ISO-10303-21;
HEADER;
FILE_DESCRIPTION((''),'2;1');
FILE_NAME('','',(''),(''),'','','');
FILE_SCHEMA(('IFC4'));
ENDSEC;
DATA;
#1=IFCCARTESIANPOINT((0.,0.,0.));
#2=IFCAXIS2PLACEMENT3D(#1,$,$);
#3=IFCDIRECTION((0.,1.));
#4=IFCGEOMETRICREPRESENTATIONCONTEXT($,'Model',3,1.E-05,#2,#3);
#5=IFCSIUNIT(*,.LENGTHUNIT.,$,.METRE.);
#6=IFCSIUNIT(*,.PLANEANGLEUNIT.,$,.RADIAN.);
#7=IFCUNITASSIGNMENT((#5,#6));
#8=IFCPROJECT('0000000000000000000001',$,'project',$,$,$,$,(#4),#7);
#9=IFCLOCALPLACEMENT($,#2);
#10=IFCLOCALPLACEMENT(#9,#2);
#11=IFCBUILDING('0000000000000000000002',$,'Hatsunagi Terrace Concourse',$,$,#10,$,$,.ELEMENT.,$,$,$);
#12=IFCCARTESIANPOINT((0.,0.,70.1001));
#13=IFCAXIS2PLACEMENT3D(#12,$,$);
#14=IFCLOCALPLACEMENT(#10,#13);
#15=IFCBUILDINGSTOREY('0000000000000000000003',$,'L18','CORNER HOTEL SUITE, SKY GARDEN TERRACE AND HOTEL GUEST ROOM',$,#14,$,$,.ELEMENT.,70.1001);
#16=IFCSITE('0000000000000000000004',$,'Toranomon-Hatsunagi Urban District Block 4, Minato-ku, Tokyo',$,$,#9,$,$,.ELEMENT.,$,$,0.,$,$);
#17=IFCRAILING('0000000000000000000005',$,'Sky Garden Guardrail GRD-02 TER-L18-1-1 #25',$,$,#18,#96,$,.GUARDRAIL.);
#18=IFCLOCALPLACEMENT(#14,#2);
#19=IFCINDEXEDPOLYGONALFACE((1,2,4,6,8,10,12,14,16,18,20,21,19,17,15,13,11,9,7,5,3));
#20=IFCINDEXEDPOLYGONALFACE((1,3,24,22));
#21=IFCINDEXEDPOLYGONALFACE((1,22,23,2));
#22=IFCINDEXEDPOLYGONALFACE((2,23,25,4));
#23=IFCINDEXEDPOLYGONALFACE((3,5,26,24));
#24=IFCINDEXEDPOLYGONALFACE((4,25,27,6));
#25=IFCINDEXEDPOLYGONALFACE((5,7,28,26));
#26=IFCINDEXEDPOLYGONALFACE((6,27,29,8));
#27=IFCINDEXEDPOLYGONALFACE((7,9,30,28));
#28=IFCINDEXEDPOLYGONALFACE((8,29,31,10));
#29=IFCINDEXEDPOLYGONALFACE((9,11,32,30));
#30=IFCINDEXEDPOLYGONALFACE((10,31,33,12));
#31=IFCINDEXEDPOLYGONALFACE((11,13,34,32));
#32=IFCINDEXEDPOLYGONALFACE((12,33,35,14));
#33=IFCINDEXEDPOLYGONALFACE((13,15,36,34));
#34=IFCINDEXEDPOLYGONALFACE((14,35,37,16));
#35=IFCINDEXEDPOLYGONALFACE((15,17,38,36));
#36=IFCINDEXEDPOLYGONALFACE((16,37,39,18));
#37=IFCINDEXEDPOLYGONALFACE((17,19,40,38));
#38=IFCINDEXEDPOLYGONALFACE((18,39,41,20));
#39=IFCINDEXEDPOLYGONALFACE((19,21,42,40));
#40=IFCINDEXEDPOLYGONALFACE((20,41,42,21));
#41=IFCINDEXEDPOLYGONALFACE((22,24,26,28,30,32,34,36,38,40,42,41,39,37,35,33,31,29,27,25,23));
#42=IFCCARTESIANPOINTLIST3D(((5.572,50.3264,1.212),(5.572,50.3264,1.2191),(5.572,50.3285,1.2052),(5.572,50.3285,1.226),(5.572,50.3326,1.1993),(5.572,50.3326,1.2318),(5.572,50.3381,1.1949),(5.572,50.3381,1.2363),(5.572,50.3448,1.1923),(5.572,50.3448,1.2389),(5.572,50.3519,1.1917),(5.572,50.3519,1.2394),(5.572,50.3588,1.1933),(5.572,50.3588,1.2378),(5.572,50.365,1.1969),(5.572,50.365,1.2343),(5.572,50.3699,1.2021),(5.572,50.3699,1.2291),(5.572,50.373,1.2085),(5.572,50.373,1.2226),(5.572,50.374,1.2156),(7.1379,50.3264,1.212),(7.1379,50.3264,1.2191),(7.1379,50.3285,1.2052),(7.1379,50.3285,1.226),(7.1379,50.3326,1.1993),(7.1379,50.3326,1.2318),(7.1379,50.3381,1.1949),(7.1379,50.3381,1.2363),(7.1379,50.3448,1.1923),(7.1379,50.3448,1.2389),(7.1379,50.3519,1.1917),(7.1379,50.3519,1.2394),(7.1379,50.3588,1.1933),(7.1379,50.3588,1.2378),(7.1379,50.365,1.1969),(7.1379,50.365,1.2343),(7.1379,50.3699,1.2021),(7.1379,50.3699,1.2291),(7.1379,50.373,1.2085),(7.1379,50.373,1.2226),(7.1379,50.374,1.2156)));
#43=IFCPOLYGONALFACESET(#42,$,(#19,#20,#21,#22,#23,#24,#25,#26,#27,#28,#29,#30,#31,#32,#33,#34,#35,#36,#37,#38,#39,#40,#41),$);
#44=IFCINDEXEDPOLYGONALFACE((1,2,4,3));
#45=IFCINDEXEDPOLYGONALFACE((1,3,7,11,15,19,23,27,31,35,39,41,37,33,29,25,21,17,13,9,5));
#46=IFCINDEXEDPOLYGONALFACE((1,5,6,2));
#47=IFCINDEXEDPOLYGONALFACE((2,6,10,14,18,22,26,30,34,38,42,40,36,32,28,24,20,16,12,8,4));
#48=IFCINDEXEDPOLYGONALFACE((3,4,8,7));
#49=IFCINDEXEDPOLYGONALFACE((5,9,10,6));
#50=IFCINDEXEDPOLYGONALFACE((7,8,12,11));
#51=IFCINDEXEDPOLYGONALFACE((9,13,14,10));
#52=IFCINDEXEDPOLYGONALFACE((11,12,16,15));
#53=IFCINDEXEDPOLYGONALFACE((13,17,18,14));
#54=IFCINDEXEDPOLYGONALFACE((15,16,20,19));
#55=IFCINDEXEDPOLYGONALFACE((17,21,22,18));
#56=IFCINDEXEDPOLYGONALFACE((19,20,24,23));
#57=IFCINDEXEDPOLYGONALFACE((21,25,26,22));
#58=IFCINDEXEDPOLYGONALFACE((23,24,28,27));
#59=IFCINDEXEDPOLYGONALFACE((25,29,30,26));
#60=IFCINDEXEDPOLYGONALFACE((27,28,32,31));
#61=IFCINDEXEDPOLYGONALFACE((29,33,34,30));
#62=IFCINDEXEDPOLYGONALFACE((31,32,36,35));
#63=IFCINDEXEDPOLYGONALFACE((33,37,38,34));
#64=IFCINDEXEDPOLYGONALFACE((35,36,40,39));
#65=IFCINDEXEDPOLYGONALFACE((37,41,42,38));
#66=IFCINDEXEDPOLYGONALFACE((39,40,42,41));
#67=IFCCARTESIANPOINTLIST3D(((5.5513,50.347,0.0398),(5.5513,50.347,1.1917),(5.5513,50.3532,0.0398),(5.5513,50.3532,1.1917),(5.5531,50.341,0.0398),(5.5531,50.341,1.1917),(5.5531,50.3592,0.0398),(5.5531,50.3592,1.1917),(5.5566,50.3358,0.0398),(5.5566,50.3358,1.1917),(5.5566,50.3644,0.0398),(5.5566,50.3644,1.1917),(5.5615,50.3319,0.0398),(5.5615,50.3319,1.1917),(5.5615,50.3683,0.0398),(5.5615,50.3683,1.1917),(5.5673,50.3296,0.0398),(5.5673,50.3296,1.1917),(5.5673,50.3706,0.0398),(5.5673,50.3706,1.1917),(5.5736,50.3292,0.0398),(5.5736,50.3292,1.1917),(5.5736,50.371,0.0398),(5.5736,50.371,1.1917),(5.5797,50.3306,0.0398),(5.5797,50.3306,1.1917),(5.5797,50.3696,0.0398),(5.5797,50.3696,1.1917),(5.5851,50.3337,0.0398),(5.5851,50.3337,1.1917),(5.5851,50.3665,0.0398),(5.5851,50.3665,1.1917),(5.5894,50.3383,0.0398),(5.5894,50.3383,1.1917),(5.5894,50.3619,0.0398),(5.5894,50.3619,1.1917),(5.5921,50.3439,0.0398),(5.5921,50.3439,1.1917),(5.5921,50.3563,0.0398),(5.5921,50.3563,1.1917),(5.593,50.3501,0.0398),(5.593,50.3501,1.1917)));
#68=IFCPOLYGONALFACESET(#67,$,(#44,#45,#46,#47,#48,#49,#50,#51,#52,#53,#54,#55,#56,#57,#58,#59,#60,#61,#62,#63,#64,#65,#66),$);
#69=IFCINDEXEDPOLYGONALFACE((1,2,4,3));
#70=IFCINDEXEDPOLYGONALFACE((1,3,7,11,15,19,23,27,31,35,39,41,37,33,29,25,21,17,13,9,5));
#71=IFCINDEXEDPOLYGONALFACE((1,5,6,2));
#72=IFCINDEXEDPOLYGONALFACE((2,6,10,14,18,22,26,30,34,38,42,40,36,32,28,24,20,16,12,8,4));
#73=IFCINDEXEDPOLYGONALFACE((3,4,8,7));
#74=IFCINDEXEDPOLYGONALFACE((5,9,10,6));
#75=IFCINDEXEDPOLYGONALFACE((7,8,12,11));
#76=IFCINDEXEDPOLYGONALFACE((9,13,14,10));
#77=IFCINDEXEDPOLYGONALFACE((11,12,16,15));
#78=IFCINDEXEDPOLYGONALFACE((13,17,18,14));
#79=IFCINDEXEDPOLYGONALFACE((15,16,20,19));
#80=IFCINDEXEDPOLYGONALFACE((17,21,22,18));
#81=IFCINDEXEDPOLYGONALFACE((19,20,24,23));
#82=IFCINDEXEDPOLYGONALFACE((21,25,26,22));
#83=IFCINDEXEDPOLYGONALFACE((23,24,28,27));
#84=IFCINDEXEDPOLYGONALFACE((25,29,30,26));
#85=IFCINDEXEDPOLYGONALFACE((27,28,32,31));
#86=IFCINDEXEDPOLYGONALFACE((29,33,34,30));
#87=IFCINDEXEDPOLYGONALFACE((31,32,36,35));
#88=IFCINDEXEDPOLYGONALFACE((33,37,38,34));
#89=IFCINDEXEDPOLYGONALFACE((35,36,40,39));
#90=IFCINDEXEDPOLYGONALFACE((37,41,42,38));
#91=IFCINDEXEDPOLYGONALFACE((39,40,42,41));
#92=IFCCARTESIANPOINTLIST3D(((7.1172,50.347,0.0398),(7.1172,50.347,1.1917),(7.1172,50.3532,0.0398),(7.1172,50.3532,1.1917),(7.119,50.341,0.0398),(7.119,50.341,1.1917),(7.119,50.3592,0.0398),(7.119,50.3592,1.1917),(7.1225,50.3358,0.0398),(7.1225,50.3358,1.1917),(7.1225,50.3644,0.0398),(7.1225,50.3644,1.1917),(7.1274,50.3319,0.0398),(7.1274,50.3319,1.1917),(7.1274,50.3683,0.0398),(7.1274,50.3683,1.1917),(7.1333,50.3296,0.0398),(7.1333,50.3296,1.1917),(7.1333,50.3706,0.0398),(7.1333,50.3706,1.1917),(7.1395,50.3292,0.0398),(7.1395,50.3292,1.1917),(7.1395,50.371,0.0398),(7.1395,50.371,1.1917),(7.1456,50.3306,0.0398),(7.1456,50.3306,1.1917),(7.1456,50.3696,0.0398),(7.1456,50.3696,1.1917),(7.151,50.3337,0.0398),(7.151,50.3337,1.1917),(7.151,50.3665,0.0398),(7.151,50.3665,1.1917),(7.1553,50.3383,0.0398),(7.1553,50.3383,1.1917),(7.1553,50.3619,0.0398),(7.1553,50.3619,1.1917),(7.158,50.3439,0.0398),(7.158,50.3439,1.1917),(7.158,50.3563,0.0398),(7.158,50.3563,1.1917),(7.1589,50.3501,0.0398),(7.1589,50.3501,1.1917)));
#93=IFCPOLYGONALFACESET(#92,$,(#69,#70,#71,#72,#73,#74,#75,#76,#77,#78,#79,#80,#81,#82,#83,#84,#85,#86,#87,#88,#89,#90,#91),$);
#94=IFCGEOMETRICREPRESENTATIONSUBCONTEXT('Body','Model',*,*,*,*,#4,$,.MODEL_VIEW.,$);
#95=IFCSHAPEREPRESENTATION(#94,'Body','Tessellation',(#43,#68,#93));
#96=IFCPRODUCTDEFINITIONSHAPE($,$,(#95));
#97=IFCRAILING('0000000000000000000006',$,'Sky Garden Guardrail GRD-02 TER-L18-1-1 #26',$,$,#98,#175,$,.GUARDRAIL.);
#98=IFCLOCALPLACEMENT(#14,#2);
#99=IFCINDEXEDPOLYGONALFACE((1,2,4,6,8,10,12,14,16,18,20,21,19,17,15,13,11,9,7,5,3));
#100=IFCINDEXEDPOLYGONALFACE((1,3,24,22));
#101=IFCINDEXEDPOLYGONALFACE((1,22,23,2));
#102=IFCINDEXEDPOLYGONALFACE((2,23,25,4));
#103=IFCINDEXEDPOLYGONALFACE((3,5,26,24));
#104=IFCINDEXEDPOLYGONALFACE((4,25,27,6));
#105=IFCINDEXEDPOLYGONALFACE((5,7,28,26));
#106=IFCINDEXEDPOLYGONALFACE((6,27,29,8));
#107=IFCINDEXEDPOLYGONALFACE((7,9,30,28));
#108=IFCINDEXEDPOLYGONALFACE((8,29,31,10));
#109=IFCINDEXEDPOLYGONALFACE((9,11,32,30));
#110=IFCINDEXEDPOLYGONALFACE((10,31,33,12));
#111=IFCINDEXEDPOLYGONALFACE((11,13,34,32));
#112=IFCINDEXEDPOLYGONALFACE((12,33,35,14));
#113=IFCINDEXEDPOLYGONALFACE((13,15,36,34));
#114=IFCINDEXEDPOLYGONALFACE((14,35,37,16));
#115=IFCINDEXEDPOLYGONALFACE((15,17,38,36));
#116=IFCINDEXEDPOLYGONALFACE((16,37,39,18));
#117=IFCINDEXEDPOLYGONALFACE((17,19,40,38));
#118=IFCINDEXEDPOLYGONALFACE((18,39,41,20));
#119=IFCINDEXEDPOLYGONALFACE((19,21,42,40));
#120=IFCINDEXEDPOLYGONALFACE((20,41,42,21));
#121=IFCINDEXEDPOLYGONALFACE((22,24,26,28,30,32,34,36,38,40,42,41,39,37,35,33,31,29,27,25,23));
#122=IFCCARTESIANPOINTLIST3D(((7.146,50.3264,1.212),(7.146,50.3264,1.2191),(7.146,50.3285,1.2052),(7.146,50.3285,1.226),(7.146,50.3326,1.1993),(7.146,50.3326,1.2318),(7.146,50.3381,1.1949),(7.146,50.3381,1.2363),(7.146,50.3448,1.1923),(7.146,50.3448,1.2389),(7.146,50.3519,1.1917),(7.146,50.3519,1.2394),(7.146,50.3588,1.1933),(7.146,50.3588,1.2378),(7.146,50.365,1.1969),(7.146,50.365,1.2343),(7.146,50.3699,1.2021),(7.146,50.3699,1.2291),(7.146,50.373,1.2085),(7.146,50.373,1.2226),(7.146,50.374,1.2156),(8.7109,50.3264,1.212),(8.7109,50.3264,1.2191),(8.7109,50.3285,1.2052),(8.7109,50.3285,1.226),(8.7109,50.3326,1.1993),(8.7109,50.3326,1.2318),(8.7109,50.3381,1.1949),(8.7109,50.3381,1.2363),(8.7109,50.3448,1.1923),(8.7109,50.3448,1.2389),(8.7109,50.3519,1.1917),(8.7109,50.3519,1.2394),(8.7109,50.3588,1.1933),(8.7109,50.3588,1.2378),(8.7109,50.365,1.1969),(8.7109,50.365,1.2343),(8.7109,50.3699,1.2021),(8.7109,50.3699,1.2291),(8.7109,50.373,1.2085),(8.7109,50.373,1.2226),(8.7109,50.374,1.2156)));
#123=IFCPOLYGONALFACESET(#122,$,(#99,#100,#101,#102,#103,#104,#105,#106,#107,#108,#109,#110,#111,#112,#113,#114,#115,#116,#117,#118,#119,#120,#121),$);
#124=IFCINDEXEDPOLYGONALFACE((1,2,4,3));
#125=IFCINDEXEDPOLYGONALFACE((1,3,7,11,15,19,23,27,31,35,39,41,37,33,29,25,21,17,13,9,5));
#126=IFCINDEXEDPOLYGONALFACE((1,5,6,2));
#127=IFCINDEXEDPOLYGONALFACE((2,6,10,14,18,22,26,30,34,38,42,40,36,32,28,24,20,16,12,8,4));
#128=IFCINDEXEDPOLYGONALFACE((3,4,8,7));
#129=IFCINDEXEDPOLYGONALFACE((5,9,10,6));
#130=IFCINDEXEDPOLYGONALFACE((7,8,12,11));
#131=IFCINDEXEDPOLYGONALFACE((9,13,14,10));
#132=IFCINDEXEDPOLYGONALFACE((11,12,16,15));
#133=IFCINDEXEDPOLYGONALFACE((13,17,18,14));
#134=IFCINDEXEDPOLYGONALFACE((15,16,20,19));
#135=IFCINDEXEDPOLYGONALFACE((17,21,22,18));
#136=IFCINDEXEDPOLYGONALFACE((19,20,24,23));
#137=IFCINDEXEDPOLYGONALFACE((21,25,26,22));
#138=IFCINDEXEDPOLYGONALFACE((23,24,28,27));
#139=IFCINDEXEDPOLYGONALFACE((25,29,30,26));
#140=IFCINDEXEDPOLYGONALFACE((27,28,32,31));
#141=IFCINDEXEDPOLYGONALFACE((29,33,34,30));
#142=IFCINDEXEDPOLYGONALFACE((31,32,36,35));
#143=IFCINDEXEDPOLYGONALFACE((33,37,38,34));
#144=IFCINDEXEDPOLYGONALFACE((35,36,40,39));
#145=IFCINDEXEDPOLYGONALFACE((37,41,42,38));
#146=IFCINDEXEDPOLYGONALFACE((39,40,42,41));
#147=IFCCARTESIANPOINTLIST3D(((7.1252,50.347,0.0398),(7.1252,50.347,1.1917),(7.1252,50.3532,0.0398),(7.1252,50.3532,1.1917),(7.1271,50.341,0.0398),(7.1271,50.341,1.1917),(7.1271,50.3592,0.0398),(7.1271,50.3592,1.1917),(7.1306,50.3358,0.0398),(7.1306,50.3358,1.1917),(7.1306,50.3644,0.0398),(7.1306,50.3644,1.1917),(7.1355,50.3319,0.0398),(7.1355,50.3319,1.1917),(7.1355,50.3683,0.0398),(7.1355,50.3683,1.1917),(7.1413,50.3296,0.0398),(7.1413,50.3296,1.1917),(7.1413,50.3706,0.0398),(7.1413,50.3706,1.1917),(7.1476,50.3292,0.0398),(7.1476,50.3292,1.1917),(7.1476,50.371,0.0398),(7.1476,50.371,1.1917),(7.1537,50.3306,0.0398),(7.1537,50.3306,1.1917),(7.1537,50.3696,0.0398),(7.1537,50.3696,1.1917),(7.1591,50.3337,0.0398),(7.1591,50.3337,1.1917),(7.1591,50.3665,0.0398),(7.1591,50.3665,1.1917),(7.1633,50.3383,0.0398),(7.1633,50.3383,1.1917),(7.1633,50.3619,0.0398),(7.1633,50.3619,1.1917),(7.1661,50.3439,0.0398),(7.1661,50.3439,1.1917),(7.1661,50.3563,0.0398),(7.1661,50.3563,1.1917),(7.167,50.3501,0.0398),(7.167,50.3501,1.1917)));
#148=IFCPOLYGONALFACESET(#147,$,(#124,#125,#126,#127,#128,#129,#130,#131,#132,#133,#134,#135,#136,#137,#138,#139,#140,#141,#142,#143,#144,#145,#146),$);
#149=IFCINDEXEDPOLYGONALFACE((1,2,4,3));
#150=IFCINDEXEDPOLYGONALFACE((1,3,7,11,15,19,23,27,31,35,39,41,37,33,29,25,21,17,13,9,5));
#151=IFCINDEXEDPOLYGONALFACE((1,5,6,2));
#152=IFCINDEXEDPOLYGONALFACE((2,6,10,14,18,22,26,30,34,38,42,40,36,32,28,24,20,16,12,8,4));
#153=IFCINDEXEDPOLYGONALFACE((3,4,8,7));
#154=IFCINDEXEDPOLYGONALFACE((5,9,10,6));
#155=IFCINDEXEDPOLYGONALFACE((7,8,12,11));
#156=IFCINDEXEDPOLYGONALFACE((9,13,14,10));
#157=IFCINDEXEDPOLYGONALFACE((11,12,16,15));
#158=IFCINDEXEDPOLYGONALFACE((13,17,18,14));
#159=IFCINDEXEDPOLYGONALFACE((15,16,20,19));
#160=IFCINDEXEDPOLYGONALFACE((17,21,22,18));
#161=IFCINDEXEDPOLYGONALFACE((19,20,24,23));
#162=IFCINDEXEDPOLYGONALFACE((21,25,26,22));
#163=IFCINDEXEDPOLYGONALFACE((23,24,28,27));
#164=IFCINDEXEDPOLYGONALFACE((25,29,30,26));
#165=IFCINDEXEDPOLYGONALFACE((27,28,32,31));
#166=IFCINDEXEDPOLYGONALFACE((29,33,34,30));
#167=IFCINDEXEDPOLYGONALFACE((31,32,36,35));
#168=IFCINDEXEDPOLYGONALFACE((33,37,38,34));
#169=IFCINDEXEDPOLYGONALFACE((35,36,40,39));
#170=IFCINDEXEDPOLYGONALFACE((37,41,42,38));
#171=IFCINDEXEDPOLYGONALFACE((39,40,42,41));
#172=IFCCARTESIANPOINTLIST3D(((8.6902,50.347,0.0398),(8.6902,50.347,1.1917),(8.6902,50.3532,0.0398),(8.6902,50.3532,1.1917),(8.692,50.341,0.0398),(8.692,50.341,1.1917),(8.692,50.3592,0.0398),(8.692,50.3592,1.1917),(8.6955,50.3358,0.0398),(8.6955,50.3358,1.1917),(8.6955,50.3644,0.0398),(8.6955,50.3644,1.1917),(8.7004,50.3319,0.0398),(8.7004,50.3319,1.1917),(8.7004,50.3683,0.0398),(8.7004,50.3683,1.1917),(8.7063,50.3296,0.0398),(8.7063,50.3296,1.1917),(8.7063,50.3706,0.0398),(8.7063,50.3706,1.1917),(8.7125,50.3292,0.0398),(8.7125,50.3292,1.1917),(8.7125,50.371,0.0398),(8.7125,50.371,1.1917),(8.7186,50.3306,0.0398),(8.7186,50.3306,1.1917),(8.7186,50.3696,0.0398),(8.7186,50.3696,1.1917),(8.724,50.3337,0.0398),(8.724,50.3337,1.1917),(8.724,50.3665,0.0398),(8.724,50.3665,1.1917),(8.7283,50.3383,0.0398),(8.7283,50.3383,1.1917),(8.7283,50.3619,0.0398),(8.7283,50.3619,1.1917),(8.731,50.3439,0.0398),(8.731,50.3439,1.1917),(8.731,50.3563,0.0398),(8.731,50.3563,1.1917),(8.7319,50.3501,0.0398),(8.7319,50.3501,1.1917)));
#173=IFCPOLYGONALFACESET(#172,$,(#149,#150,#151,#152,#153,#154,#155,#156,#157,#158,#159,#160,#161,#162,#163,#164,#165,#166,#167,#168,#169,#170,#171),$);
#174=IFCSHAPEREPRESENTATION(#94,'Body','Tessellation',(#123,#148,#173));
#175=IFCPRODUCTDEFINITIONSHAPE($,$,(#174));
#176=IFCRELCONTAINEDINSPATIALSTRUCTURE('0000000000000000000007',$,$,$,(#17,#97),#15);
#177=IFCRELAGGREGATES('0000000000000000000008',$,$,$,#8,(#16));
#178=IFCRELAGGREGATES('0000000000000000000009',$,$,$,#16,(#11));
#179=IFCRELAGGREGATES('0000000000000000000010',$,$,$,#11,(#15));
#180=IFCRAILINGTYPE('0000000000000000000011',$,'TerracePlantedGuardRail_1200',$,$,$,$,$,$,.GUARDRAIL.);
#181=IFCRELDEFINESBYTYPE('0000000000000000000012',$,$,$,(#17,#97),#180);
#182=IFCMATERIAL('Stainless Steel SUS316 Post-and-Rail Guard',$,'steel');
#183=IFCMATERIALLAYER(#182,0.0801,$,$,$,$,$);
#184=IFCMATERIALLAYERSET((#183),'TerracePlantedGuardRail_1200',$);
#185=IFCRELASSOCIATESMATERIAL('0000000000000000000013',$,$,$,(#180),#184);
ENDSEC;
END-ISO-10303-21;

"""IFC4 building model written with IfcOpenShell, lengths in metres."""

from ifc_helpers import new_model, si_unit, direction, frame, origin, origin_2d, place, context, subcontext, project, spatial, circle, extrude, material, layer, layer_set, type_object, element, save


model = new_model("IFC4")

# Units and contexts
model_context = context("Model", 3, precision=1e-05, world=origin(), true_north=direction((0.0, 1.0)))
body_context = subcontext(model_context, "Body", "Model", "MODEL_VIEW")
ifc_project = project(units=[si_unit("LENGTHUNIT", "METRE"), si_unit("PLANEANGLEUNIT", "RADIAN")], contexts=[model_context])

# Site, building, storey
site_placement = place(None, origin())
site = spatial("IfcSite", under=ifc_project, at=site_placement, Name="Toranomon-Hatsunagi Urban District Block 4, Minato-ku, Tokyo", CompositionType="ELEMENT", RefElevation=0.0)
building_placement = place(site_placement, origin())
building = spatial("IfcBuilding", under=site, at=building_placement, Name="Hatsunagi Terrace Concourse", CompositionType="ELEMENT")
storey_placement = place(building_placement, frame((0.0, 0.0, 70.1001)))
storey = spatial("IfcBuildingStorey", under=building, at=storey_placement, Name="L18", Description="CORNER HOTEL SUITE, SKY GARDEN TERRACE AND HOTEL GUEST ROOM", CompositionType="ELEMENT", Elevation=70.1001)

# Railings
ifc_material_1 = material(Name="Stainless Steel SUS316 Post-and-Rail Guard", Category="steel")
ifc_layer_1 = layer(ifc_material_1, 0.0801)
ifc_layer_set_1 = layer_set([ifc_layer_1], Name="TerracePlantedGuardRail_1200")
railing_type = type_object("IfcRailingType", Name="TerracePlantedGuardRail_1200", PredefinedType="GUARDRAIL", material=ifc_layer_set_1)
for number, where, name in (
    (1, (5.572, 50.3501, 0.0398), "Sky Garden Guardrail GRD-02 TER-L18-1-1 #25"),
):
    element("IfcRailing", number, at=place(storey_placement, frame(where)), inside=storey, type_object=railing_type, Name=name, PredefinedType="GUARDRAIL", context=body_context, shape_type="SweptSolid", body=[
        extrude(circle(Radius=0.0239, at=origin_2d()), frame((0.0, 0.0, 1.1758), z_axis=(1.0, 0.0, 0.0), x_axis=(0.0, 1.0, 0.0)), (0.0, 0.0, 1.0), 1.5659),
        extrude(circle(Radius=0.021, at=origin_2d()), origin(), (0.0, 0.0, 1.0), 1.1519),
        extrude(circle(Radius=0.021, at=origin_2d()), frame((1.5659, 0.0, 0.0)), (0.0, 0.0, 1.0), 1.1519),
    ])
for number, where, name in (
    (2, (7.146, 50.3501, 0.0398), "Sky Garden Guardrail GRD-02 TER-L18-1-1 #26"),
):
    element("IfcRailing", number, at=place(storey_placement, frame(where)), inside=storey, type_object=railing_type, Name=name, PredefinedType="GUARDRAIL", context=body_context, shape_type="SweptSolid", body=[
        extrude(circle(Radius=0.0239, at=origin_2d()), frame((0.0, 0.0, 1.1758), z_axis=(1.0, 0.0, 0.0), x_axis=(0.0, 1.0, 0.0)), (0.0, 0.0, 1.0), 1.5649),
        extrude(circle(Radius=0.021, at=origin_2d()), origin(), (0.0, 0.0, 1.0), 1.1519),
        extrude(circle(Radius=0.021, at=origin_2d()), frame((1.5649, 0.0, 0.0)), (0.0, 0.0, 1.0), 1.1519),
    ])

save(model, "model.ifc")
